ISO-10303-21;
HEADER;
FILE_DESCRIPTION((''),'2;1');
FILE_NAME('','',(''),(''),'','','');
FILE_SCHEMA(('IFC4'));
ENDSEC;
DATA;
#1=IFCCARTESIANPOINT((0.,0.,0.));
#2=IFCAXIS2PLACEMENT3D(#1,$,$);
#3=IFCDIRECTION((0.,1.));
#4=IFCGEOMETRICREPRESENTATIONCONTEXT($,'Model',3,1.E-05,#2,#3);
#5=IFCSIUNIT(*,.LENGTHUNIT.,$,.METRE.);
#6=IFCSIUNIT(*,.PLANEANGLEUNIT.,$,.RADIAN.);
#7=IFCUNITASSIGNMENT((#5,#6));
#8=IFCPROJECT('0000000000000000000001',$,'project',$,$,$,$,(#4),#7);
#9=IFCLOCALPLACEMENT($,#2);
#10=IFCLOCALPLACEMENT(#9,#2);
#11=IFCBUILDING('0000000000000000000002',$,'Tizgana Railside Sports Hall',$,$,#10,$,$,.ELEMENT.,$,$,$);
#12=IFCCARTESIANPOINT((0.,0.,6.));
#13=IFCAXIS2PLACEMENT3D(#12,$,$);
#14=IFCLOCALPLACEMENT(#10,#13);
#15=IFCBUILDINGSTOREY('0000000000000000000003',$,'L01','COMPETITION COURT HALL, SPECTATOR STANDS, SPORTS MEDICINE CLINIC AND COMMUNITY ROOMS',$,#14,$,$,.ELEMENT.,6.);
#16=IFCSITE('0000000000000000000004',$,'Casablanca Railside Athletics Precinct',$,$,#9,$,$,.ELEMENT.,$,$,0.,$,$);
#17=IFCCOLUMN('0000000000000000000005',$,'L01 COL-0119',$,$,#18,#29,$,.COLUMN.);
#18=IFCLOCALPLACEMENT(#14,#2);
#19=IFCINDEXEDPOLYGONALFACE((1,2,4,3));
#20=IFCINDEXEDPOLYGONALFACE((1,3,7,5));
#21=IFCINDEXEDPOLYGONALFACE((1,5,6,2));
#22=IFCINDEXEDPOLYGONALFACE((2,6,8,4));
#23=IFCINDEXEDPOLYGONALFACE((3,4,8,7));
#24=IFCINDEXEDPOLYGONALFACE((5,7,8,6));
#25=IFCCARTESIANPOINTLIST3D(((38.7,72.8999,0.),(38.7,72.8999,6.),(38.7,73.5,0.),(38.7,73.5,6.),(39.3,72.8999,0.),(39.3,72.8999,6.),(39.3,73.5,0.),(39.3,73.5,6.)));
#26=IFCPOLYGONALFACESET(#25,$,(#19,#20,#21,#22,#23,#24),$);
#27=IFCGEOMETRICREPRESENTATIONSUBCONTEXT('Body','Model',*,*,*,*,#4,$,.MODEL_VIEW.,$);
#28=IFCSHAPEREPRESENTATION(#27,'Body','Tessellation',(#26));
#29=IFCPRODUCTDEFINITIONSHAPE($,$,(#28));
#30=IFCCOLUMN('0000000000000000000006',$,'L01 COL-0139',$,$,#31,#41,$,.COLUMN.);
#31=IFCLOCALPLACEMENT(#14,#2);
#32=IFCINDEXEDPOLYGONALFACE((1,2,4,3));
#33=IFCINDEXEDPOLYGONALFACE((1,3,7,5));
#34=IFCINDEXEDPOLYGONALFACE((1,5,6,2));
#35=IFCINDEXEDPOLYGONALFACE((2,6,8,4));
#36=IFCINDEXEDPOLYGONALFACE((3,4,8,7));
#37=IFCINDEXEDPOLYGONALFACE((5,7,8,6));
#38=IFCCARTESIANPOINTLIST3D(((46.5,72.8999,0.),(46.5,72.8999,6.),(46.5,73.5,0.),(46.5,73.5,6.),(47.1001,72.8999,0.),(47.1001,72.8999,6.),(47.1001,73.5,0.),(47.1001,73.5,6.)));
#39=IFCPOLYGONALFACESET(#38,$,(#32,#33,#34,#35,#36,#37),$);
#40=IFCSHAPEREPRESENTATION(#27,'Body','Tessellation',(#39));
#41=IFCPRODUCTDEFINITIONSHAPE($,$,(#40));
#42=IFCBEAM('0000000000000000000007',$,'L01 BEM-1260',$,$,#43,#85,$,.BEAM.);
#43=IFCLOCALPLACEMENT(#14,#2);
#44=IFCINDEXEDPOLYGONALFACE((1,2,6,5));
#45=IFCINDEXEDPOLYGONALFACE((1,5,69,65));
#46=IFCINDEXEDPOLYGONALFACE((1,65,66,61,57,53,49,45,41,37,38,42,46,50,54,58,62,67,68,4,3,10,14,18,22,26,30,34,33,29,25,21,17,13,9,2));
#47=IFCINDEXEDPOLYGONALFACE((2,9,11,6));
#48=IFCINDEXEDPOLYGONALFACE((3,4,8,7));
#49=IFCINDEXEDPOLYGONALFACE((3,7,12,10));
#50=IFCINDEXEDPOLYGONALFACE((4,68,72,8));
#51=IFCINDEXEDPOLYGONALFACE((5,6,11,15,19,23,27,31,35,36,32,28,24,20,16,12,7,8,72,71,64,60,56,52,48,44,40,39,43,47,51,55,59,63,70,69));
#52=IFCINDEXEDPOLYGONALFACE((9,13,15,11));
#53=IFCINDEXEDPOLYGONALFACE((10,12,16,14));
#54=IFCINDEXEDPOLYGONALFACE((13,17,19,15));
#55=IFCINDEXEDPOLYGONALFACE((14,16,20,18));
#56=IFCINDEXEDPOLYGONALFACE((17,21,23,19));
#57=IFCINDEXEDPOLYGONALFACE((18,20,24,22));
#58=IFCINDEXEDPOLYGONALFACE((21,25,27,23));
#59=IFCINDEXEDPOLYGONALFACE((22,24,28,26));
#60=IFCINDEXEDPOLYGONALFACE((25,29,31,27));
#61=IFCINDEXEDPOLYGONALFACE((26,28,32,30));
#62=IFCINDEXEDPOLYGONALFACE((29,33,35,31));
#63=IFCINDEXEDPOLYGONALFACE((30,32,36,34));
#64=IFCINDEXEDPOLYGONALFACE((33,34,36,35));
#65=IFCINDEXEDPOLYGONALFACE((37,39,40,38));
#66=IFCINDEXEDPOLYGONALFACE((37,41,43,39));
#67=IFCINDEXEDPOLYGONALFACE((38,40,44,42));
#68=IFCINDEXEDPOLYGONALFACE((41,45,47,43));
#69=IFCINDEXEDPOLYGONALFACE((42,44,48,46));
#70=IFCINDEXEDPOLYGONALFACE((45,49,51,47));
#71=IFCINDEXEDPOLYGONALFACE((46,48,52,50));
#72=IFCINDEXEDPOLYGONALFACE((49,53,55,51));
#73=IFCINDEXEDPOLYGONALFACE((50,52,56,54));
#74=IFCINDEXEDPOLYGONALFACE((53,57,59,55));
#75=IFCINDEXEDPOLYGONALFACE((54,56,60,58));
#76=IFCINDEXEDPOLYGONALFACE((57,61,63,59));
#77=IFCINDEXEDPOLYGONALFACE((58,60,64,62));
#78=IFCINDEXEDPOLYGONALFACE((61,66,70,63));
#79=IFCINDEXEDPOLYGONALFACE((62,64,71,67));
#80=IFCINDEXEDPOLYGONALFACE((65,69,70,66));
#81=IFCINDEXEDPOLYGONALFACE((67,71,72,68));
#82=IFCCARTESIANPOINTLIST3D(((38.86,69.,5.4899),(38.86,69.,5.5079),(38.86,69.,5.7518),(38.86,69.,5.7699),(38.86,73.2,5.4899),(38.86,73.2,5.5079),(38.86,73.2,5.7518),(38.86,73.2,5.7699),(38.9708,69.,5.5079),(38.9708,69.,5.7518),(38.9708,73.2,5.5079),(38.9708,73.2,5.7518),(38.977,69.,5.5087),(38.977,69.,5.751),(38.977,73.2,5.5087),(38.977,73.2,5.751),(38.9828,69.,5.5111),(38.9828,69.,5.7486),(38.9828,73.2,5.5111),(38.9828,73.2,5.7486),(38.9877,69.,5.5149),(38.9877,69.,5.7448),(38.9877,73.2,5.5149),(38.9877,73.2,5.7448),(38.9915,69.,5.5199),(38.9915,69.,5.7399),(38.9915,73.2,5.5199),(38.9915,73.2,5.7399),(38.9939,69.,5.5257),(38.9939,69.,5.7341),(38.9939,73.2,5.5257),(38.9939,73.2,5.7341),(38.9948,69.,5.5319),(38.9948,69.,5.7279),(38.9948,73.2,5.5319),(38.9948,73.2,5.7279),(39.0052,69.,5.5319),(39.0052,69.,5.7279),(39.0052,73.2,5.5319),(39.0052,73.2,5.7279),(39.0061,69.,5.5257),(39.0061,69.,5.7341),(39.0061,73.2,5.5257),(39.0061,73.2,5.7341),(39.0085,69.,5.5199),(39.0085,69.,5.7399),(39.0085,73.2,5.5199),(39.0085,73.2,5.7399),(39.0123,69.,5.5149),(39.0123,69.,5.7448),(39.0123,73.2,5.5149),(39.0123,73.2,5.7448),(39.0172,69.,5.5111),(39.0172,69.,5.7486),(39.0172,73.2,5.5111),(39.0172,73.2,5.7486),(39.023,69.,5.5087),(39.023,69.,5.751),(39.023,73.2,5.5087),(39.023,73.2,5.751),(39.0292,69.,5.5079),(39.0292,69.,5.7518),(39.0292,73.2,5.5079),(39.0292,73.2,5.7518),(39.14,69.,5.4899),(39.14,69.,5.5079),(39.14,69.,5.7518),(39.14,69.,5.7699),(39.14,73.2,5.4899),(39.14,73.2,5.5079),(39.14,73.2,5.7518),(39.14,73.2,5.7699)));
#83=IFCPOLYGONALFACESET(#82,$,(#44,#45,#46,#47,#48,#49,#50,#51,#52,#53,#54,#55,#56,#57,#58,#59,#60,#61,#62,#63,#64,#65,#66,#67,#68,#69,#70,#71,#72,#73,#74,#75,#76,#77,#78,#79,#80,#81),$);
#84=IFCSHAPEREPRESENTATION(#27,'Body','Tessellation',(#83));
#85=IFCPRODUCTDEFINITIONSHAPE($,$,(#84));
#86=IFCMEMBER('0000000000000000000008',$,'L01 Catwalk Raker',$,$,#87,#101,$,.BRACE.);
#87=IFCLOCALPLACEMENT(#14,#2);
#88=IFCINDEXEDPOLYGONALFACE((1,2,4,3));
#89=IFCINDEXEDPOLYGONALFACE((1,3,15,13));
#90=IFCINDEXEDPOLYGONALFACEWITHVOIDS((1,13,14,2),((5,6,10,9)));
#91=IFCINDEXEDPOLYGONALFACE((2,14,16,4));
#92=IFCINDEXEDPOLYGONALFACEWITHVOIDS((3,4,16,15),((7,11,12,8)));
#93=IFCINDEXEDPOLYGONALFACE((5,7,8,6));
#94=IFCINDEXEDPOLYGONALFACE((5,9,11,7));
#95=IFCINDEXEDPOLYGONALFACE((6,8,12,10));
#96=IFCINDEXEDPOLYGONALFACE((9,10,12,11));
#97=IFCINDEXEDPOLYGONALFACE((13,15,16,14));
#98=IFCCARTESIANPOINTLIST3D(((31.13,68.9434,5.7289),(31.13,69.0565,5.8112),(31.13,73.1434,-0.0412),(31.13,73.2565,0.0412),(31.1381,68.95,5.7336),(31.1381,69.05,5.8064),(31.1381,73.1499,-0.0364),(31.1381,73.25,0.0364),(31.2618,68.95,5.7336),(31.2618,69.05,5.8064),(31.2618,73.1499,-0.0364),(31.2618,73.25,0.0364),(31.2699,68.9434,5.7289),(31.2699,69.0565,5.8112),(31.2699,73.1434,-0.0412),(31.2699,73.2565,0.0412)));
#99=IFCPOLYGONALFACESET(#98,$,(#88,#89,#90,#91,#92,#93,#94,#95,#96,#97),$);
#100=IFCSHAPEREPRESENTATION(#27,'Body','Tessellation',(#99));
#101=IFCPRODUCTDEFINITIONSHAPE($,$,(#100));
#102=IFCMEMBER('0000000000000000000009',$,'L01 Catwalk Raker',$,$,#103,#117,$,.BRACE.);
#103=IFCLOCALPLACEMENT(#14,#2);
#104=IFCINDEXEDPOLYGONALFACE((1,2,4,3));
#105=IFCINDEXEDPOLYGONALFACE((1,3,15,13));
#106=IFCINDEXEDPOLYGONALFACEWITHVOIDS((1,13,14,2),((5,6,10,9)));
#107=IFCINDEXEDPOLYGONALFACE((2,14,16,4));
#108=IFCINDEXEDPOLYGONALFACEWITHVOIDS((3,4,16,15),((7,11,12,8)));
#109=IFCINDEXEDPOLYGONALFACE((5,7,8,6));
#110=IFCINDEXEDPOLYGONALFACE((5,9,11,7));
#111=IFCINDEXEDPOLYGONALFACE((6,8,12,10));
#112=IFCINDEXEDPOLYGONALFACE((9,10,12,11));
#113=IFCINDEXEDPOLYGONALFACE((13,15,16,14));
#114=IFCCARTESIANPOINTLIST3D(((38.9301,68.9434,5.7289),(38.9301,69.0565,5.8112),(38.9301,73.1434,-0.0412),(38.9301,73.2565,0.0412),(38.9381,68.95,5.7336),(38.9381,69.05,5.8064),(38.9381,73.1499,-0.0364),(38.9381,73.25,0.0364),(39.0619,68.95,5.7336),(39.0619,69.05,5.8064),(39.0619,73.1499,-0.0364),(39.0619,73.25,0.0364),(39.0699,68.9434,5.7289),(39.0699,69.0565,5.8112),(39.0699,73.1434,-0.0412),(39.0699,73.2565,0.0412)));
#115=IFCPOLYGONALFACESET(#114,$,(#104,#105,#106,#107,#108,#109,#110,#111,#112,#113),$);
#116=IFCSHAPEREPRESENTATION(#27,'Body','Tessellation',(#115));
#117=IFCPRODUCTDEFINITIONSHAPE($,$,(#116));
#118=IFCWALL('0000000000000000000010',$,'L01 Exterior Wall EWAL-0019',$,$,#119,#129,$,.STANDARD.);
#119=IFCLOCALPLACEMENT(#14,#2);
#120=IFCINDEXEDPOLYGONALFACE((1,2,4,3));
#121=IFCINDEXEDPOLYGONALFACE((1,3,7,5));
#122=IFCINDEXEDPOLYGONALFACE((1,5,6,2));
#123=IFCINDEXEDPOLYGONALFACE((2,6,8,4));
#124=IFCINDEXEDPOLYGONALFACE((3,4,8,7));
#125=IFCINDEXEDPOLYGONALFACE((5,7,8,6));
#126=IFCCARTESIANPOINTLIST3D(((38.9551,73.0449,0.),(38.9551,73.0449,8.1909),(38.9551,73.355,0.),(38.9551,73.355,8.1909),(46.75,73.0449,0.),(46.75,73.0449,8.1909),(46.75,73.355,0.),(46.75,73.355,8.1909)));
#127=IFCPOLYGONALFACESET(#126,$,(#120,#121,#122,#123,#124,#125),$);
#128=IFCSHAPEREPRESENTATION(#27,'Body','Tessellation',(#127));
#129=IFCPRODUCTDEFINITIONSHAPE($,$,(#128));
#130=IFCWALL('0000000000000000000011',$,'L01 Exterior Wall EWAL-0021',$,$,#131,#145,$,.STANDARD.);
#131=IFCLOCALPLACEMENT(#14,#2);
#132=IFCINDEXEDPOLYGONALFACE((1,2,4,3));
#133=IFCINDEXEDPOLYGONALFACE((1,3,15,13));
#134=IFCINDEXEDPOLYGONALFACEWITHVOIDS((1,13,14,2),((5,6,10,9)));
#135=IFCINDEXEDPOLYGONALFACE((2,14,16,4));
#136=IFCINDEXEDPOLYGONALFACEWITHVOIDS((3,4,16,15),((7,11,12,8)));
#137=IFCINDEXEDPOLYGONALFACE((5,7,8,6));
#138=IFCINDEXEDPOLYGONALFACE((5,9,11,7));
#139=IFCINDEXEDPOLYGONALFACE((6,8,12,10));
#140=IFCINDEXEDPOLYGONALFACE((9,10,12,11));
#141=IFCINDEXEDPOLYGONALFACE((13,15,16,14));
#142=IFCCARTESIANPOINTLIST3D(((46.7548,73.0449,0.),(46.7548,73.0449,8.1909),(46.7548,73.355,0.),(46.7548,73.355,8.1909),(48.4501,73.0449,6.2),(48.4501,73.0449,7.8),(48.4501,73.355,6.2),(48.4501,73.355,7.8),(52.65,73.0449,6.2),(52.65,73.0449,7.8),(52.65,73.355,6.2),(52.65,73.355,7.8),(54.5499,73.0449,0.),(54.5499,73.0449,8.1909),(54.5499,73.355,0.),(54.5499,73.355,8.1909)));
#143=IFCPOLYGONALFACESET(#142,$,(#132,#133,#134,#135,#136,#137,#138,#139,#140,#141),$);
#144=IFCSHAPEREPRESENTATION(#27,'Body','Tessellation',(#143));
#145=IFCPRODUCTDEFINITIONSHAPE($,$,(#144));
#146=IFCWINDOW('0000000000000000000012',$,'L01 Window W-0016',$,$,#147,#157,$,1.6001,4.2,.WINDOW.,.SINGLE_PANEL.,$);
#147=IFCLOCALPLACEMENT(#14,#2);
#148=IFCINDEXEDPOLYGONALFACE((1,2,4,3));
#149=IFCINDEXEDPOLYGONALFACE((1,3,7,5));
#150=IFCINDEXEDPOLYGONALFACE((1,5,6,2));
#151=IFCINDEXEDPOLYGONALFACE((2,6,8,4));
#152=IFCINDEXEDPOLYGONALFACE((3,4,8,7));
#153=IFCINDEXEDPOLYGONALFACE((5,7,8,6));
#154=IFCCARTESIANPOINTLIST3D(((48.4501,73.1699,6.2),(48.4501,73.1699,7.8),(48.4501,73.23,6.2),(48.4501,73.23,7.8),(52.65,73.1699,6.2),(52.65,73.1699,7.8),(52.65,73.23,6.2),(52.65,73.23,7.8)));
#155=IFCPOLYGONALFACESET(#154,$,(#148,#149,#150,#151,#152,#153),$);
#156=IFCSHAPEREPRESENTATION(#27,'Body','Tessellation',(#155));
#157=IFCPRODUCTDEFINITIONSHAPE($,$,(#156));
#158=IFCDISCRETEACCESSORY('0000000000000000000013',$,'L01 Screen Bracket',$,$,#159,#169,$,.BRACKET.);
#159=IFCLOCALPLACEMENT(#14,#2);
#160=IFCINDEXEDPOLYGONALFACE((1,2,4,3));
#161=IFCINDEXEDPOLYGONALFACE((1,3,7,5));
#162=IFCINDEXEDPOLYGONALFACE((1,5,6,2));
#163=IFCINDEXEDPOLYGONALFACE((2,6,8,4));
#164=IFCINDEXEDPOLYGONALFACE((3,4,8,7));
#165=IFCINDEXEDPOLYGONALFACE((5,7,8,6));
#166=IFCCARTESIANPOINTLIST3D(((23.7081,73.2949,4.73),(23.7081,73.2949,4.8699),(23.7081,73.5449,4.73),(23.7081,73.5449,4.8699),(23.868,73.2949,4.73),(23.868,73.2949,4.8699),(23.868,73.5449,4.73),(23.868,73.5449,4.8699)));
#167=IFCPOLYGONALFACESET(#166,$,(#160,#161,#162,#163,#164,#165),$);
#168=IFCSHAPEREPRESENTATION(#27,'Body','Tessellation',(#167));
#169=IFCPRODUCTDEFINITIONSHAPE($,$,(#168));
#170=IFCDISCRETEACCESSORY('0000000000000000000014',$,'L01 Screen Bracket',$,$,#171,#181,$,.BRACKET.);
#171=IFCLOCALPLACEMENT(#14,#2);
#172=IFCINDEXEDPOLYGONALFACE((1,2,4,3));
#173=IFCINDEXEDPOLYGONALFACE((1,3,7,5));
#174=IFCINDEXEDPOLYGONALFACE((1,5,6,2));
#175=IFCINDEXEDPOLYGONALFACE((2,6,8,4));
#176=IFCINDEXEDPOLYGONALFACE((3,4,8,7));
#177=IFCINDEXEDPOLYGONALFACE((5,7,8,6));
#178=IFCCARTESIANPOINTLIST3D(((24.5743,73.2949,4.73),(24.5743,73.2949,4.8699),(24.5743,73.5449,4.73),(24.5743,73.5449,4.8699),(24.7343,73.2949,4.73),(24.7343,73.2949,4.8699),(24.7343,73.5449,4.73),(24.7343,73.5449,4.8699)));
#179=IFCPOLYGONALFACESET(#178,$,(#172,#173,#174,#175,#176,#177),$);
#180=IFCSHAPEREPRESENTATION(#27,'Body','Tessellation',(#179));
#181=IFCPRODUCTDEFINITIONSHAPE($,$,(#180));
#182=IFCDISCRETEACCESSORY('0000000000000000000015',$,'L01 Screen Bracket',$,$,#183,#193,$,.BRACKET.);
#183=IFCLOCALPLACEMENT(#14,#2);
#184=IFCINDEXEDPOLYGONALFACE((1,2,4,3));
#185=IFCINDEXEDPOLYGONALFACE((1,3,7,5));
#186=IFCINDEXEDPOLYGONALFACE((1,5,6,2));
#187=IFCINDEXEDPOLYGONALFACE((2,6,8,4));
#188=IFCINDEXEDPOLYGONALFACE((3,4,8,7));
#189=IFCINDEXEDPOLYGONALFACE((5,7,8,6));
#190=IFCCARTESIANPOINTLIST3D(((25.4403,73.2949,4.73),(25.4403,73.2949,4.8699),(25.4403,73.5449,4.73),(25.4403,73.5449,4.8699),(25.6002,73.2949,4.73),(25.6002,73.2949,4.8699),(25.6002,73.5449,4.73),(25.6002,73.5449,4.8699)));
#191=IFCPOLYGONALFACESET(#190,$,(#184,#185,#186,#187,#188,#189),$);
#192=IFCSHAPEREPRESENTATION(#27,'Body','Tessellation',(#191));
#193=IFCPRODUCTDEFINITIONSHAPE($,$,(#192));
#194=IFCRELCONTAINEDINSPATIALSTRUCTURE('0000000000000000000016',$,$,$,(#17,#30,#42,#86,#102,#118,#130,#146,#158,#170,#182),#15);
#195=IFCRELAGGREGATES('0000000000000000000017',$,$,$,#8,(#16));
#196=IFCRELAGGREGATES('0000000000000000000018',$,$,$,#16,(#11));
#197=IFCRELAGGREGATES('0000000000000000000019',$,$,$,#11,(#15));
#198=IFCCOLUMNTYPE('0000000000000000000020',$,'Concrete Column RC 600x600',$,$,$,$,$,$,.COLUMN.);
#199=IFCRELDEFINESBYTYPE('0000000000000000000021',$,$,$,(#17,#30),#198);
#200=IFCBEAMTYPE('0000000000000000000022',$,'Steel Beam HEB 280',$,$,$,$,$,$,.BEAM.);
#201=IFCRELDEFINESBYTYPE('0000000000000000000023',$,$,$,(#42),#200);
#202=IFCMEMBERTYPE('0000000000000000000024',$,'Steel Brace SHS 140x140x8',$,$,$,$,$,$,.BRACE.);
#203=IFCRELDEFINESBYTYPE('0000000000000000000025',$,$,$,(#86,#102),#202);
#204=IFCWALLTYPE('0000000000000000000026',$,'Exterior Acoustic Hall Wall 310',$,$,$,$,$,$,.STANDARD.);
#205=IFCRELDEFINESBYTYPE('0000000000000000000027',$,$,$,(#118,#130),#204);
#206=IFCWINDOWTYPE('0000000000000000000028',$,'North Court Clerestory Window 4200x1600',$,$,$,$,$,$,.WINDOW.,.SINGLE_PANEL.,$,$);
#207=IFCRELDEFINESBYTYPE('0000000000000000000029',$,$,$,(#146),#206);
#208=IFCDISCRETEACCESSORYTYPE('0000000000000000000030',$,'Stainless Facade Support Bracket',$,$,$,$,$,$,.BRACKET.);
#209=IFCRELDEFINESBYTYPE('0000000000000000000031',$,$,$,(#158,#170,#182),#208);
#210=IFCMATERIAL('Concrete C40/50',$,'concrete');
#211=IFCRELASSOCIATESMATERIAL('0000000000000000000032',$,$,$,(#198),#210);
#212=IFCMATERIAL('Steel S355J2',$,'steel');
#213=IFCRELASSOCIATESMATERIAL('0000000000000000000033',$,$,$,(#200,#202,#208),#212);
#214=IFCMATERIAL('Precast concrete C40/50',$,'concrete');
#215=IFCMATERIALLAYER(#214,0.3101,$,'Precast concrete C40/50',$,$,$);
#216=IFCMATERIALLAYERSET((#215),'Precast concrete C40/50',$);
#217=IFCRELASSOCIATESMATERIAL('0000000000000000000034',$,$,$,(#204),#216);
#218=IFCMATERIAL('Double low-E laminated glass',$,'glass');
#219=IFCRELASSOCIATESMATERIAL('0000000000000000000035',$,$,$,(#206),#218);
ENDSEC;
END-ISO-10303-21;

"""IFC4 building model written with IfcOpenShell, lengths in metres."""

from ifc_helpers import new_model, si_unit, direction, frame, frame_2d, origin, origin_2d, place, context, subcontext, project, spatial, rectangle, hollow_rectangle, i_section, extrude, material, layer, layer_set, material_profile, profile_set, type_object, element, fill, save


model = new_model("IFC4")

# Units and contexts
model_context = context("Model", 3, precision=1e-05, world=origin(), true_north=direction((0.0, 1.0)))
body_context = subcontext(model_context, "Body", "Model", "MODEL_VIEW")
ifc_project = project(units=[si_unit("LENGTHUNIT", "METRE"), si_unit("PLANEANGLEUNIT", "RADIAN")], contexts=[model_context])

# Site, building, storey
site_placement = place(None, origin())
site = spatial("IfcSite", under=ifc_project, at=site_placement, Name="Casablanca Railside Athletics Precinct", CompositionType="ELEMENT", RefElevation=0.0)
building_placement = place(site_placement, origin())
building = spatial("IfcBuilding", under=site, at=building_placement, Name="Tizgana Railside Sports Hall", CompositionType="ELEMENT")
storey_placement = place(building_placement, frame((0.0, 0.0, 6.0)))
storey = spatial("IfcBuildingStorey", under=building, at=storey_placement, Name="L01", Description="COMPETITION COURT HALL, SPECTATOR STANDS, SPORTS MEDICINE CLINIC AND COMMUNITY ROOMS", CompositionType="ELEMENT", Elevation=6.0)

# Columns
ifc_material_1 = material(Name="Concrete C40/50", Category="concrete")
ifc_material_profile_1 = material_profile(ifc_material_1, rectangle(XDim=0.6001, YDim=0.6001, at=origin_2d()), Name="RC 600x600")
ifc_profile_set_1 = profile_set([ifc_material_profile_1], Name="Concrete C40/50")
column_type = type_object("IfcColumnType", Name="Concrete Column RC 600x600", PredefinedType="COLUMN", material=ifc_profile_set_1)
for number, where, z_axis, x_axis, name in (
    (1, (39.0, 73.2, 0.0), (0.0, 0.0, 1.0), (1.0, 0.0, 0.0), "L01 COL-0119"),
    (2, (46.8, 73.2, 0.0), (0.0, 0.0, 1.0), (1.0, 0.0, 0.0), "L01 COL-0139"),
):
    element("IfcColumn", number, at=place(storey_placement, frame(where, z_axis=z_axis, x_axis=x_axis)), inside=storey, type_object=column_type, Name=name, PredefinedType="COLUMN", context=body_context, shape_type="SweptSolid", body=[
        extrude(rectangle(XDim=0.6001, YDim=0.6001, at=origin_2d()), origin(), (0.0, 0.0, 1.0), 6.0),
    ])

# Beam
ifc_material_2 = material(Name="Steel S355J2", Category="steel")
ifc_material_profile_2 = material_profile(ifc_material_2, i_section(OverallWidth=0.28, OverallDepth=0.28, WebThickness=0.0105, FlangeThickness=0.0181, FilletRadius=0.0239, at=origin_2d()), Name="HEB 280")
ifc_profile_set_2 = profile_set([ifc_material_profile_2], Name="Steel S355J2")
beam_type = type_object("IfcBeamType", Name="Steel Beam HEB 280", PredefinedType="BEAM", material=ifc_profile_set_2)
beam_placement = place(storey_placement, frame((39.0, 73.2, 5.6299), z_axis=(0.0, -1.0, 0.0), x_axis=(1.0, 0.0, 0.0)))
element("IfcBeam", 3, at=beam_placement, inside=storey, type_object=beam_type, Name="L01 BEM-1260", PredefinedType="BEAM", context=body_context, shape_type="SweptSolid", body=[
    extrude(i_section(OverallWidth=0.28, OverallDepth=0.28, WebThickness=0.0105, FlangeThickness=0.0181, FilletRadius=0.0239, at=origin_2d()), origin(), (0.0, 0.0, 1.0), 4.2),
])

# Members
ifc_material_profile_3 = material_profile(ifc_material_2, hollow_rectangle(XDim=0.1399, YDim=0.1399, WallThickness=0.0081, at=origin_2d()), Name="SHS 140x140x8")
ifc_profile_set_3 = profile_set([ifc_material_profile_3], Name="Steel S355J2")
member_type = type_object("IfcMemberType", Name="Steel Brace SHS 140x140x8", PredefinedType="BRACE", material=ifc_profile_set_3)
for number, where, z_axis, x_axis, name in (
    (4, (31.2, 73.2, 0.0), (0.0, -0.588499, 0.808498), (1.0, 0.0, 0.0), "L01 Catwalk Raker"),
    (5, (39.0, 73.2, 0.0), (0.0, -0.588499, 0.808498), (1.0, 0.0, 0.0), "L01 Catwalk Raker"),
):
    element("IfcMember", number, at=place(storey_placement, frame(where, z_axis=z_axis, x_axis=x_axis)), inside=storey, type_object=member_type, Name=name, PredefinedType="BRACE", context=body_context, shape_type="SweptSolid", body=[
        extrude(hollow_rectangle(XDim=0.1399, YDim=0.1399, WallThickness=0.0081, at=origin_2d()), origin(), (0.0, 0.0, 1.0), 7.1367),
    ])

# Wall
ifc_material_3 = material(Name="Precast concrete C40/50", Category="concrete")
ifc_layer = layer(ifc_material_3, 0.3101, Name="Precast concrete C40/50")
ifc_layer_set = layer_set([ifc_layer], Name="Precast concrete C40/50")
wall_type = type_object("IfcWallType", Name="Exterior Acoustic Hall Wall 310", PredefinedType="STANDARD", material=ifc_layer_set)
wall_1_placement = place(storey_placement, frame((38.9551, 73.2, 0.0), z_axis=(0.0, 0.0, 1.0), x_axis=(1.0, 0.0, 0.0)))
element("IfcWall", 6, at=wall_1_placement, inside=storey, type_object=wall_type, Name="L01 Exterior Wall EWAL-0019", PredefinedType="STANDARD", context=body_context, shape_type="SweptSolid", body=[
    extrude(rectangle(XDim=7.7949, YDim=0.3101, at=frame_2d((3.8975, 0.0))), origin(), (0.0, 0.0, 1.0), 8.1909),
])

# Wall, opening, window
wall_2_placement = place(storey_placement, frame((46.7549, 73.2, 0.0), z_axis=(0.0, 0.0, 1.0), x_axis=(1.0, 0.0, 0.0)))
wall_2 = element("IfcWall", 7, at=wall_2_placement, inside=storey, type_object=wall_type, Name="L01 Exterior Wall EWAL-0021", PredefinedType="STANDARD", context=body_context, shape_type="SweptSolid", body=[
    extrude(rectangle(XDim=7.7952, YDim=0.3101, at=frame_2d((3.8975, 0.0))), origin(), (0.0, 0.0, 1.0), 8.1909),
])
opening_placement = place(wall_2_placement, frame((1.6951, 0.0, 6.2)))
opening = element("IfcOpeningElement", 8, at=opening_placement, cuts=wall_2, PredefinedType="OPENING", context=body_context, shape_type="SweptSolid", body=[
    extrude(rectangle(XDim=4.2, YDim=1.6001, at=frame_2d((2.1001, 0.8))), frame((0.0, 0.165, 0.0), z_axis=(0.0, -1.0, 0.0), x_axis=(1.0, 0.0, 0.0)), (0.0, 0.0, 1.0), 0.3301),
])
ifc_material_4 = material(Name="Double low-E laminated glass", Category="glass")
window_type = type_object("IfcWindowType", Name="North Court Clerestory Window 4200x1600", PartitioningType="SINGLE_PANEL", PredefinedType="WINDOW", material=ifc_material_4)
window_placement = place(opening_placement, origin())
window = element("IfcWindow", 9, at=window_placement, inside=storey, type_object=window_type, Name="L01 Window W-0016", OverallHeight=1.6001, OverallWidth=4.2, PartitioningType="SINGLE_PANEL", PredefinedType="WINDOW", context=body_context, shape_type="SweptSolid", body=[
    extrude(rectangle(XDim=4.2, YDim=1.6001, at=frame_2d((2.1001, 0.8))), frame((0.0, 0.03, 0.0), z_axis=(0.0, -1.0, 0.0), x_axis=(1.0, 0.0, 0.0)), (0.0, 0.0, 1.0), 0.0601),
])
fill(opening, window)

# Discrete accessories
discrete_accessory_type = type_object("IfcDiscreteAccessoryType", Name="Stainless Facade Support Bracket", PredefinedType="BRACKET", material=ifc_material_2)
for number, where, z_axis, x_axis, name in (
    (10, (23.7881, 73.4199, 4.73), (0.0, 0.0, 1.0), (1.0, 0.0, 0.0), "L01 Screen Bracket"),
    (11, (24.6543, 73.4199, 4.73), (0.0, 0.0, 1.0), (1.0, 0.0, 0.0), "L01 Screen Bracket"),
    (12, (25.5203, 73.4199, 4.73), (0.0, 0.0, 1.0), (1.0, 0.0, 0.0), "L01 Screen Bracket"),
):
    element("IfcDiscreteAccessory", number, at=place(storey_placement, frame(where, z_axis=z_axis, x_axis=x_axis)), inside=storey, type_object=discrete_accessory_type, Name=name, PredefinedType="BRACKET", context=body_context, shape_type="SweptSolid", body=[
        extrude(rectangle(XDim=0.1599, YDim=0.25, at=origin_2d()), origin(), (0.0, 0.0, 1.0), 0.1399),
    ])

save(model, "model.ifc")
